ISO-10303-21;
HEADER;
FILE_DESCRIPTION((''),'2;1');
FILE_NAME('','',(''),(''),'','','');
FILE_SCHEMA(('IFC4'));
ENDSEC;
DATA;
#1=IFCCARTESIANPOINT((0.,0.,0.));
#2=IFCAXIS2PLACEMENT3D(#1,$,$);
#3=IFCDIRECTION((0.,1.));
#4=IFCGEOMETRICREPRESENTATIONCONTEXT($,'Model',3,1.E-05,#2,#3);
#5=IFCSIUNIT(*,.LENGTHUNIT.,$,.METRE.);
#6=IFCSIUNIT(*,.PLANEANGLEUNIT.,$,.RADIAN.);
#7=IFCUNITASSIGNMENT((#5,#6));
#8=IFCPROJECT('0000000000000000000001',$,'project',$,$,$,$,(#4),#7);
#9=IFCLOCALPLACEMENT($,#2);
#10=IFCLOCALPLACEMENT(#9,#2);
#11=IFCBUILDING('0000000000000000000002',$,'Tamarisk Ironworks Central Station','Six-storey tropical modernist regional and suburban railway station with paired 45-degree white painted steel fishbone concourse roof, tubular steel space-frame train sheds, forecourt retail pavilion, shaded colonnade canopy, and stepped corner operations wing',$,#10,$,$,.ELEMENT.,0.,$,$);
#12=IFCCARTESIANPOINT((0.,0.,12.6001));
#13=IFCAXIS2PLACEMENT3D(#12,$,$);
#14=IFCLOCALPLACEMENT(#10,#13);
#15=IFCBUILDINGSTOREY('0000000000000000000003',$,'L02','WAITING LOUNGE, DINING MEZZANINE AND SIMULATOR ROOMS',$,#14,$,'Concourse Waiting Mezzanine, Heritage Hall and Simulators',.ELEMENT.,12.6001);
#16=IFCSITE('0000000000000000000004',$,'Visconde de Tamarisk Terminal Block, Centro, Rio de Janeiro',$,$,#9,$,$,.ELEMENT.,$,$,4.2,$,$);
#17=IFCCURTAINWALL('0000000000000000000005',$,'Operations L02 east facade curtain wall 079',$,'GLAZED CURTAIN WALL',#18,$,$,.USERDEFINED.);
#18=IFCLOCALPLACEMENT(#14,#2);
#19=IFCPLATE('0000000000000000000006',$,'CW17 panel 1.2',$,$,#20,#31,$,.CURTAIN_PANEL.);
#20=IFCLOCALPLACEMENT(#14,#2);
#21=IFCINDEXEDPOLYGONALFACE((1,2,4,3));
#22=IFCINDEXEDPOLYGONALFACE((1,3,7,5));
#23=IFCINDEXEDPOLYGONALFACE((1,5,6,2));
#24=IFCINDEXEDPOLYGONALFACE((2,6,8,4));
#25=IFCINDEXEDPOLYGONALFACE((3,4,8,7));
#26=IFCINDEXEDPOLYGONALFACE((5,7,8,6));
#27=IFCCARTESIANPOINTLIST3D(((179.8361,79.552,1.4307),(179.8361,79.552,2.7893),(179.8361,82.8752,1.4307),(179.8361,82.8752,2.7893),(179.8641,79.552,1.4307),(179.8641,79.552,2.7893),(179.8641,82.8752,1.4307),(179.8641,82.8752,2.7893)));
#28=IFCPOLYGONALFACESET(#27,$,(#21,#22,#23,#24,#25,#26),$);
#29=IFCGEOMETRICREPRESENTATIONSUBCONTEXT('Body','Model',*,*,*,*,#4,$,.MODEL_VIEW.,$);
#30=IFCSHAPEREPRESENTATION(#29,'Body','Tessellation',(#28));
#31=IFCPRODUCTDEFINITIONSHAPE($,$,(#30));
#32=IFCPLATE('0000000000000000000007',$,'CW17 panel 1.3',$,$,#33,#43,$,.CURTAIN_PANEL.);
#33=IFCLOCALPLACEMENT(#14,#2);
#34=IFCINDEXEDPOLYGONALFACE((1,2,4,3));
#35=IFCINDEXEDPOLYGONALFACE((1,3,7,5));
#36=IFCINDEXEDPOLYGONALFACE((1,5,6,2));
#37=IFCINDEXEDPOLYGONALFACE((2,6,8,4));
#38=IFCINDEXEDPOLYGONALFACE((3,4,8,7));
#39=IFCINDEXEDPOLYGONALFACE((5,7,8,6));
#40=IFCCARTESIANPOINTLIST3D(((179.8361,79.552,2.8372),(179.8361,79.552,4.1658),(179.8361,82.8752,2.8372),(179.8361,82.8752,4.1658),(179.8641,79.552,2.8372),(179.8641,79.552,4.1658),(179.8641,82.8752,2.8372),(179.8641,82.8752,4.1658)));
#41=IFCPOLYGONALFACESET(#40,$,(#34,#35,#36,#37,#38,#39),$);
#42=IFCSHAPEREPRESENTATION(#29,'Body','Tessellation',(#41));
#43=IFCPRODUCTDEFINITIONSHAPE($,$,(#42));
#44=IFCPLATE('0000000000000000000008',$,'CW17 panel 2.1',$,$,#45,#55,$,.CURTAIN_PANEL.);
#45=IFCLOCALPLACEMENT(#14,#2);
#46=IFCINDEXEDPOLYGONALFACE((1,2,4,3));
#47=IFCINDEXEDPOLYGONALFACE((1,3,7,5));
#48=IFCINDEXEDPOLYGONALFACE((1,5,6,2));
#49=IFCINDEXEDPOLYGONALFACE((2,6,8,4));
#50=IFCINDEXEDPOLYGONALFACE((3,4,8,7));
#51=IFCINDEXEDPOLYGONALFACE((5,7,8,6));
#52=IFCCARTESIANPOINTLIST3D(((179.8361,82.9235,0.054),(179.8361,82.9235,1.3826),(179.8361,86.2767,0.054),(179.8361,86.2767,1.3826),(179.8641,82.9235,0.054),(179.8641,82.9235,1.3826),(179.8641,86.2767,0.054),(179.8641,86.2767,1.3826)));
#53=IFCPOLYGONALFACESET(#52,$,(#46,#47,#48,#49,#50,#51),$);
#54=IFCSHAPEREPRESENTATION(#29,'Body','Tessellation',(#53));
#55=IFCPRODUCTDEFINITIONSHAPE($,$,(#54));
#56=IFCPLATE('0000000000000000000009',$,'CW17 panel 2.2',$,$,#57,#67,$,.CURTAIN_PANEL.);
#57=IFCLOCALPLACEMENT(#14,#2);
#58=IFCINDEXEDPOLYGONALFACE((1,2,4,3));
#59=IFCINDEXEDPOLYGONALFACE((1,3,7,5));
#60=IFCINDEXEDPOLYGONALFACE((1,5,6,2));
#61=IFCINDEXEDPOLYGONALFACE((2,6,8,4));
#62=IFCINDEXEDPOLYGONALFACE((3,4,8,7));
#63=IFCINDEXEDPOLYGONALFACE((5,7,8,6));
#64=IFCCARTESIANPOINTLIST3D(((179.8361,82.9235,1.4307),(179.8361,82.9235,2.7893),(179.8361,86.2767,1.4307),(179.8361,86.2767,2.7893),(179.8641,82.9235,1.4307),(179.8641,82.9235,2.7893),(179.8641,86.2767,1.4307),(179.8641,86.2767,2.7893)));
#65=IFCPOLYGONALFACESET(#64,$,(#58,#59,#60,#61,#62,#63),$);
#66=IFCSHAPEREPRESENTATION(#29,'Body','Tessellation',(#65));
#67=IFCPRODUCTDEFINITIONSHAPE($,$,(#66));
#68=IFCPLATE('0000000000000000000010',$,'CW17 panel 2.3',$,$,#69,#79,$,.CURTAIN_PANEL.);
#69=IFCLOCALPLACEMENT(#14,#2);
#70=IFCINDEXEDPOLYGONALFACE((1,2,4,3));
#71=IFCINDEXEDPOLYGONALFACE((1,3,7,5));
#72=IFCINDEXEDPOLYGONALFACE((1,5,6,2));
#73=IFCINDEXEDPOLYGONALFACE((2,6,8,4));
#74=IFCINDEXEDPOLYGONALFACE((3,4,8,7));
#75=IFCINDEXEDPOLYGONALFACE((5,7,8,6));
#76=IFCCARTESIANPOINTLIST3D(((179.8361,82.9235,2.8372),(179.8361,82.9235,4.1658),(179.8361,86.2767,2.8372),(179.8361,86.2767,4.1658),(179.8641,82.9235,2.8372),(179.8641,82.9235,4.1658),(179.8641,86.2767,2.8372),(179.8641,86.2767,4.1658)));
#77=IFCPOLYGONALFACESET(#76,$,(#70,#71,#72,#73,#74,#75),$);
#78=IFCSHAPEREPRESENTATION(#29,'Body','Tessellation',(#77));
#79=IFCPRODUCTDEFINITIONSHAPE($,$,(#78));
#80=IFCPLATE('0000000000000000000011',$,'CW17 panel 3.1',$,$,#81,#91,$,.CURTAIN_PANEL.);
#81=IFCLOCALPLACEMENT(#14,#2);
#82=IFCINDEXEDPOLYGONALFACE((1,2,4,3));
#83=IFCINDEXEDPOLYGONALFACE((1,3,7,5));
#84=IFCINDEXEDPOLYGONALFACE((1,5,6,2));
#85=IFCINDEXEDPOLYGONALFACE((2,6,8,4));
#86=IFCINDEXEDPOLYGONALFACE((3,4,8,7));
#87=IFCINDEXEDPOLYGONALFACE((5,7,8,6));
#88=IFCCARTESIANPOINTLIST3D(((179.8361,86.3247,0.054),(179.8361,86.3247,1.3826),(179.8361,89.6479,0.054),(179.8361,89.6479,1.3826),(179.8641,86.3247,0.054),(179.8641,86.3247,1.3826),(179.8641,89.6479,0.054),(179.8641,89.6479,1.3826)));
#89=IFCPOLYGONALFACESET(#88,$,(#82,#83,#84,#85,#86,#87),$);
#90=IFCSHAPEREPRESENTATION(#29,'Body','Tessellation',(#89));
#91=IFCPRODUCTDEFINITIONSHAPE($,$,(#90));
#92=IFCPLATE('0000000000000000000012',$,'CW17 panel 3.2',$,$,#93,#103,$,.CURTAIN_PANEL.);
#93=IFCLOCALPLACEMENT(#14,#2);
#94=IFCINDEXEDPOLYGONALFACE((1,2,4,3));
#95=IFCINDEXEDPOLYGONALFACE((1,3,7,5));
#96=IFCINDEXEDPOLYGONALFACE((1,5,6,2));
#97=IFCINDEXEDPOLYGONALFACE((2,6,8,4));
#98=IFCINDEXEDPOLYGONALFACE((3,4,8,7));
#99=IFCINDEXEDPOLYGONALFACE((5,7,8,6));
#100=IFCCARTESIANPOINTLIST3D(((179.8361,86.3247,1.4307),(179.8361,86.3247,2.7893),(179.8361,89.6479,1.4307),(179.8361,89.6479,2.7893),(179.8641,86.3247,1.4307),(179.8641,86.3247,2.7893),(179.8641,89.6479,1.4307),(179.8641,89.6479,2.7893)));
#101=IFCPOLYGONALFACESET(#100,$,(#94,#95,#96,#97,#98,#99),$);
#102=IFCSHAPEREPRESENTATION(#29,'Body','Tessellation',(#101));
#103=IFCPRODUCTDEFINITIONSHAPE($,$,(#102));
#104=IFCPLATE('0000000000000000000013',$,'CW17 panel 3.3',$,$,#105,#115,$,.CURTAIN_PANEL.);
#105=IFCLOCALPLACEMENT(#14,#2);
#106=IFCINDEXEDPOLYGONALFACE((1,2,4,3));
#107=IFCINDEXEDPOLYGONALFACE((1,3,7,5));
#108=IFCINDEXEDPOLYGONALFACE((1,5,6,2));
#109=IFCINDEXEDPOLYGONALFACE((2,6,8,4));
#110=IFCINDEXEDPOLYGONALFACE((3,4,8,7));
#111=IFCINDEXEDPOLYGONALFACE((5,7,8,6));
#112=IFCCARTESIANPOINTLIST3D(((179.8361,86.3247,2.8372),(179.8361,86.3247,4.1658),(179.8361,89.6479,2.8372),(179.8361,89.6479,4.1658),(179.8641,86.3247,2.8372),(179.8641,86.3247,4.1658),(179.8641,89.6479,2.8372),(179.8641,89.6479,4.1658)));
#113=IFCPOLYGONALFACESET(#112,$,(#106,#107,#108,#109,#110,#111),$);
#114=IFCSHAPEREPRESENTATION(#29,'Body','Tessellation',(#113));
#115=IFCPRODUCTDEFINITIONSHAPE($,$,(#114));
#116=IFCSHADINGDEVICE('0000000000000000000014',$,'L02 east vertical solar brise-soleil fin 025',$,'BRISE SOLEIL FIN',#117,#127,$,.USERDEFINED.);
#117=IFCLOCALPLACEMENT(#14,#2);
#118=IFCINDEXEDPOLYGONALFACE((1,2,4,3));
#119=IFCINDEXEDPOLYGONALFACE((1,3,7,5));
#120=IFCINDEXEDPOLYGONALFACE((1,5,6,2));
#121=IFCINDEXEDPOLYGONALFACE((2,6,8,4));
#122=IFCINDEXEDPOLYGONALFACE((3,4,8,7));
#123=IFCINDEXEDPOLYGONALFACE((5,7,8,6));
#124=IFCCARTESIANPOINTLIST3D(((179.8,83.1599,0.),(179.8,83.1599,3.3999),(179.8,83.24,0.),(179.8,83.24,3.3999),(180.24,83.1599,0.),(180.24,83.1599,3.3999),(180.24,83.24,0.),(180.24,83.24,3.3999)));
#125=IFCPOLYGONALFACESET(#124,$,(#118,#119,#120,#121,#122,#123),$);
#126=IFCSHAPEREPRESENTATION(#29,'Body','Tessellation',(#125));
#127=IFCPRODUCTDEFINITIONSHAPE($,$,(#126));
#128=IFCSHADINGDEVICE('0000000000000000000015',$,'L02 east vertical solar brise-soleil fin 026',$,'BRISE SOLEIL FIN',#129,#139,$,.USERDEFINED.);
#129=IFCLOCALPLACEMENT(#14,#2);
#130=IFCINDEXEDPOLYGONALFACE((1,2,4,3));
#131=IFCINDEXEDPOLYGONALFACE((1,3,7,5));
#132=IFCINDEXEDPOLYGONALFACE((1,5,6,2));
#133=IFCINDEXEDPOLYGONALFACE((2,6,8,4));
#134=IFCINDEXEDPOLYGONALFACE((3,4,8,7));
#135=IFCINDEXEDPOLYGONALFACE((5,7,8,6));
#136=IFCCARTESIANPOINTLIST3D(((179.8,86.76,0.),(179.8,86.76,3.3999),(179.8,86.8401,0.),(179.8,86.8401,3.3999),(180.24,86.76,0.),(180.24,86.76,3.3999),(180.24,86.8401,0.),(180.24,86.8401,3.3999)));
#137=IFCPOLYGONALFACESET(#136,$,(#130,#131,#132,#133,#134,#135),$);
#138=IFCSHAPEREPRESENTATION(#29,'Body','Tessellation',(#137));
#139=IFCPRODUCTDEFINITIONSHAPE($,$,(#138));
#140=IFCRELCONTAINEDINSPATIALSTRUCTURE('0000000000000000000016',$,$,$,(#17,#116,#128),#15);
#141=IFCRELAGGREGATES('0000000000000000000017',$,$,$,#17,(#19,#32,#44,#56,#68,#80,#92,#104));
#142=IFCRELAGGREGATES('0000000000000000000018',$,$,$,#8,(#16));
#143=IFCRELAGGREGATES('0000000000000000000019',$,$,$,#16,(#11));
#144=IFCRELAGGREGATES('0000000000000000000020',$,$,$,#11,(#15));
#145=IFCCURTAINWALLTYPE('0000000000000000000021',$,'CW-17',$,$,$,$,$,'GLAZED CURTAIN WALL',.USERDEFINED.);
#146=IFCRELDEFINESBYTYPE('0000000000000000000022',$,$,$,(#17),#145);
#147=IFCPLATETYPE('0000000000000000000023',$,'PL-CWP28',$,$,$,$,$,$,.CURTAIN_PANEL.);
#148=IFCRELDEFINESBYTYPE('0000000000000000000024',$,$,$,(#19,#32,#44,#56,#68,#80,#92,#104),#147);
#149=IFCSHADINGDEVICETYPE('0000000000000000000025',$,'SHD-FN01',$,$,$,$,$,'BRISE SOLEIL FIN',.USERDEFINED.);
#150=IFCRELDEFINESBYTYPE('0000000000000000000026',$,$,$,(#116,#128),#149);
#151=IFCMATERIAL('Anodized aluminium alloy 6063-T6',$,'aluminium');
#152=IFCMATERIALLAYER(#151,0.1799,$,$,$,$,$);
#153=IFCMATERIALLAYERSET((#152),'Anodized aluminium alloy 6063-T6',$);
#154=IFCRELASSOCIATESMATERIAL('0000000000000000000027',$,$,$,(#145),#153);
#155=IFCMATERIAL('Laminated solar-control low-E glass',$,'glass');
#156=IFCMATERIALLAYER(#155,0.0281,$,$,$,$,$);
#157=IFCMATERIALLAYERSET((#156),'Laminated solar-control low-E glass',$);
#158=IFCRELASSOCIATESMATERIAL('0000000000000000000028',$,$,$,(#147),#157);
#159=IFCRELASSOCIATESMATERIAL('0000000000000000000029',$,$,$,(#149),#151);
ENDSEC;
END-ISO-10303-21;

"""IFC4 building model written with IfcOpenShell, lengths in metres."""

from ifc_helpers import new_model, si_unit, direction, frame, origin, origin_2d, place, context, subcontext, project, spatial, rectangle, extrude, material, layer, layer_set, type_object, element, aggregate, save


model = new_model("IFC4")

# Units and contexts
model_context = context("Model", 3, precision=1e-05, world=origin(), true_north=direction((0.0, 1.0)))
body_context = subcontext(model_context, "Body", "Model", "MODEL_VIEW")
ifc_project = project(units=[si_unit("LENGTHUNIT", "METRE"), si_unit("PLANEANGLEUNIT", "RADIAN")], contexts=[model_context])

# Site, building, storey
site_placement = place(None, origin())
site = spatial("IfcSite", under=ifc_project, at=site_placement, Name="Visconde de Tamarisk Terminal Block, Centro, Rio de Janeiro", CompositionType="ELEMENT", RefElevation=4.2)
building_placement = place(site_placement, origin())
building = spatial("IfcBuilding", under=site, at=building_placement, Name="Tamarisk Ironworks Central Station", Description="Six-storey tropical modernist regional and suburban railway station with paired 45-degree white painted steel fishbone concourse roof, tubular steel space-frame train sheds, forecourt retail pavilion, shaded colonnade canopy, and stepped corner operations wing", CompositionType="ELEMENT", ElevationOfRefHeight=0.0)
storey_placement = place(building_placement, frame((0.0, 0.0, 12.6001)))
storey = spatial("IfcBuildingStorey", under=building, at=storey_placement, Name="L02", Description="WAITING LOUNGE, DINING MEZZANINE AND SIMULATOR ROOMS", LongName="Concourse Waiting Mezzanine, Heritage Hall and Simulators", CompositionType="ELEMENT", Elevation=12.6001)

# Curtain wall, plates
ifc_material_1 = material(Name="Anodized aluminium alloy 6063-T6", Category="aluminium")
ifc_layer_1 = layer(ifc_material_1, 0.1799)
ifc_layer_set_1 = layer_set([ifc_layer_1], Name="Anodized aluminium alloy 6063-T6")
curtain_wall_type = type_object("IfcCurtainWallType", Name="CW-17", ElementType="GLAZED CURTAIN WALL", PredefinedType="USERDEFINED", material=ifc_layer_set_1)
curtain_wall_placement = place(storey_placement, origin())
curtain_wall = element("IfcCurtainWall", 1, at=curtain_wall_placement, inside=storey, type_object=curtain_wall_type, Name="Operations L02 east facade curtain wall 079", ObjectType="GLAZED CURTAIN WALL", PredefinedType="USERDEFINED")
ifc_material_2 = material(Name="Laminated solar-control low-E glass", Category="glass")
ifc_layer_2 = layer(ifc_material_2, 0.0281)
ifc_layer_set_2 = layer_set([ifc_layer_2], Name="Laminated solar-control low-E glass")
plate_type = type_object("IfcPlateType", Name="PL-CWP28", PredefinedType="CURTAIN_PANEL", material=ifc_layer_set_2)
plate_1_placement = place(storey_placement, frame((179.8501, 81.2136, 1.4307), z_axis=(0.0, 0.0, 1.0), x_axis=(0.0, 1.0, 0.0)))
plate_1 = element("IfcPlate", 2, at=plate_1_placement, type_object=plate_type, Name="CW17 panel 1.2", PredefinedType="CURTAIN_PANEL", context=body_context, shape_type="SweptSolid", body=[
    extrude(rectangle(XDim=3.3232, YDim=0.0281, at=origin_2d()), origin(), (0.0, 0.0, 1.0), 1.3586),
])
plate_2_placement = place(storey_placement, frame((179.8501, 81.2136, 2.8372), z_axis=(0.0, 0.0, 1.0), x_axis=(0.0, 1.0, 0.0)))
plate_2 = element("IfcPlate", 3, at=plate_2_placement, type_object=plate_type, Name="CW17 panel 1.3", PredefinedType="CURTAIN_PANEL", context=body_context, shape_type="SweptSolid", body=[
    extrude(rectangle(XDim=3.3232, YDim=0.0281, at=origin_2d()), origin(), (0.0, 0.0, 1.0), 1.3286),
])
plate_3_placement = place(storey_placement, frame((179.8501, 84.6001, 0.054), z_axis=(0.0, 0.0, 1.0), x_axis=(0.0, 1.0, 0.0)))
plate_3 = element("IfcPlate", 4, at=plate_3_placement, type_object=plate_type, Name="CW17 panel 2.1", PredefinedType="CURTAIN_PANEL", context=body_context, shape_type="SweptSolid", body=[
    extrude(rectangle(XDim=3.3533, YDim=0.0281, at=origin_2d()), origin(), (0.0, 0.0, 1.0), 1.3286),
])
plate_4_placement = place(storey_placement, frame((179.8501, 84.6001, 1.4307), z_axis=(0.0, 0.0, 1.0), x_axis=(0.0, 1.0, 0.0)))
plate_4 = element("IfcPlate", 5, at=plate_4_placement, type_object=plate_type, Name="CW17 panel 2.2", PredefinedType="CURTAIN_PANEL", context=body_context, shape_type="SweptSolid", body=[
    extrude(rectangle(XDim=3.3533, YDim=0.0281, at=origin_2d()), origin(), (0.0, 0.0, 1.0), 1.3586),
])
plate_5_placement = place(storey_placement, frame((179.8501, 84.6001, 2.8372), z_axis=(0.0, 0.0, 1.0), x_axis=(0.0, 1.0, 0.0)))
plate_5 = element("IfcPlate", 6, at=plate_5_placement, type_object=plate_type, Name="CW17 panel 2.3", PredefinedType="CURTAIN_PANEL", context=body_context, shape_type="SweptSolid", body=[
    extrude(rectangle(XDim=3.3533, YDim=0.0281, at=origin_2d()), origin(), (0.0, 0.0, 1.0), 1.3286),
])
plate_6_placement = place(storey_placement, frame((179.8501, 87.9863, 0.054), z_axis=(0.0, 0.0, 1.0), x_axis=(0.0, 1.0, 0.0)))
plate_6 = element("IfcPlate", 7, at=plate_6_placement, type_object=plate_type, Name="CW17 panel 3.1", PredefinedType="CURTAIN_PANEL", context=body_context, shape_type="SweptSolid", body=[
    extrude(rectangle(XDim=3.3232, YDim=0.0281, at=origin_2d()), origin(), (0.0, 0.0, 1.0), 1.3286),
])
plate_7_placement = place(storey_placement, frame((179.8501, 87.9863, 1.4307), z_axis=(0.0, 0.0, 1.0), x_axis=(0.0, 1.0, 0.0)))
plate_7 = element("IfcPlate", 8, at=plate_7_placement, type_object=plate_type, Name="CW17 panel 3.2", PredefinedType="CURTAIN_PANEL", context=body_context, shape_type="SweptSolid", body=[
    extrude(rectangle(XDim=3.3232, YDim=0.0281, at=origin_2d()), origin(), (0.0, 0.0, 1.0), 1.3586),
])
plate_8_placement = place(storey_placement, frame((179.8501, 87.9863, 2.8372), z_axis=(0.0, 0.0, 1.0), x_axis=(0.0, 1.0, 0.0)))
plate_8 = element("IfcPlate", 9, at=plate_8_placement, type_object=plate_type, Name="CW17 panel 3.3", PredefinedType="CURTAIN_PANEL", context=body_context, shape_type="SweptSolid", body=[
    extrude(rectangle(XDim=3.3232, YDim=0.0281, at=origin_2d()), origin(), (0.0, 0.0, 1.0), 1.3286),
])
aggregate(curtain_wall, [plate_1, plate_2, plate_3, plate_4, plate_5, plate_6, plate_7, plate_8])

# Shading devices
shading_device_type = type_object("IfcShadingDeviceType", Name="SHD-FN01", ElementType="BRISE SOLEIL FIN", PredefinedType="USERDEFINED", material=ifc_material_1)
for number, where, z_axis, x_axis, name in (
    (10, (180.02, 83.2, 0.0), (0.0, 0.0, 1.0), (1.0, 0.0, 0.0), "L02 east vertical solar brise-soleil fin 025"),
    (11, (180.02, 86.8, 0.0), (0.0, 0.0, 1.0), (1.0, 0.0, 0.0), "L02 east vertical solar brise-soleil fin 026"),
):
    element("IfcShadingDevice", number, at=place(storey_placement, frame(where, z_axis=z_axis, x_axis=x_axis)), inside=storey, type_object=shading_device_type, Name=name, ObjectType="BRISE SOLEIL FIN", PredefinedType="USERDEFINED", context=body_context, shape_type="SweptSolid", body=[
        extrude(rectangle(XDim=0.4399, YDim=0.0801, at=origin_2d()), origin(), (0.0, 0.0, 1.0), 3.3999),
    ])

save(model, "model.ifc")
